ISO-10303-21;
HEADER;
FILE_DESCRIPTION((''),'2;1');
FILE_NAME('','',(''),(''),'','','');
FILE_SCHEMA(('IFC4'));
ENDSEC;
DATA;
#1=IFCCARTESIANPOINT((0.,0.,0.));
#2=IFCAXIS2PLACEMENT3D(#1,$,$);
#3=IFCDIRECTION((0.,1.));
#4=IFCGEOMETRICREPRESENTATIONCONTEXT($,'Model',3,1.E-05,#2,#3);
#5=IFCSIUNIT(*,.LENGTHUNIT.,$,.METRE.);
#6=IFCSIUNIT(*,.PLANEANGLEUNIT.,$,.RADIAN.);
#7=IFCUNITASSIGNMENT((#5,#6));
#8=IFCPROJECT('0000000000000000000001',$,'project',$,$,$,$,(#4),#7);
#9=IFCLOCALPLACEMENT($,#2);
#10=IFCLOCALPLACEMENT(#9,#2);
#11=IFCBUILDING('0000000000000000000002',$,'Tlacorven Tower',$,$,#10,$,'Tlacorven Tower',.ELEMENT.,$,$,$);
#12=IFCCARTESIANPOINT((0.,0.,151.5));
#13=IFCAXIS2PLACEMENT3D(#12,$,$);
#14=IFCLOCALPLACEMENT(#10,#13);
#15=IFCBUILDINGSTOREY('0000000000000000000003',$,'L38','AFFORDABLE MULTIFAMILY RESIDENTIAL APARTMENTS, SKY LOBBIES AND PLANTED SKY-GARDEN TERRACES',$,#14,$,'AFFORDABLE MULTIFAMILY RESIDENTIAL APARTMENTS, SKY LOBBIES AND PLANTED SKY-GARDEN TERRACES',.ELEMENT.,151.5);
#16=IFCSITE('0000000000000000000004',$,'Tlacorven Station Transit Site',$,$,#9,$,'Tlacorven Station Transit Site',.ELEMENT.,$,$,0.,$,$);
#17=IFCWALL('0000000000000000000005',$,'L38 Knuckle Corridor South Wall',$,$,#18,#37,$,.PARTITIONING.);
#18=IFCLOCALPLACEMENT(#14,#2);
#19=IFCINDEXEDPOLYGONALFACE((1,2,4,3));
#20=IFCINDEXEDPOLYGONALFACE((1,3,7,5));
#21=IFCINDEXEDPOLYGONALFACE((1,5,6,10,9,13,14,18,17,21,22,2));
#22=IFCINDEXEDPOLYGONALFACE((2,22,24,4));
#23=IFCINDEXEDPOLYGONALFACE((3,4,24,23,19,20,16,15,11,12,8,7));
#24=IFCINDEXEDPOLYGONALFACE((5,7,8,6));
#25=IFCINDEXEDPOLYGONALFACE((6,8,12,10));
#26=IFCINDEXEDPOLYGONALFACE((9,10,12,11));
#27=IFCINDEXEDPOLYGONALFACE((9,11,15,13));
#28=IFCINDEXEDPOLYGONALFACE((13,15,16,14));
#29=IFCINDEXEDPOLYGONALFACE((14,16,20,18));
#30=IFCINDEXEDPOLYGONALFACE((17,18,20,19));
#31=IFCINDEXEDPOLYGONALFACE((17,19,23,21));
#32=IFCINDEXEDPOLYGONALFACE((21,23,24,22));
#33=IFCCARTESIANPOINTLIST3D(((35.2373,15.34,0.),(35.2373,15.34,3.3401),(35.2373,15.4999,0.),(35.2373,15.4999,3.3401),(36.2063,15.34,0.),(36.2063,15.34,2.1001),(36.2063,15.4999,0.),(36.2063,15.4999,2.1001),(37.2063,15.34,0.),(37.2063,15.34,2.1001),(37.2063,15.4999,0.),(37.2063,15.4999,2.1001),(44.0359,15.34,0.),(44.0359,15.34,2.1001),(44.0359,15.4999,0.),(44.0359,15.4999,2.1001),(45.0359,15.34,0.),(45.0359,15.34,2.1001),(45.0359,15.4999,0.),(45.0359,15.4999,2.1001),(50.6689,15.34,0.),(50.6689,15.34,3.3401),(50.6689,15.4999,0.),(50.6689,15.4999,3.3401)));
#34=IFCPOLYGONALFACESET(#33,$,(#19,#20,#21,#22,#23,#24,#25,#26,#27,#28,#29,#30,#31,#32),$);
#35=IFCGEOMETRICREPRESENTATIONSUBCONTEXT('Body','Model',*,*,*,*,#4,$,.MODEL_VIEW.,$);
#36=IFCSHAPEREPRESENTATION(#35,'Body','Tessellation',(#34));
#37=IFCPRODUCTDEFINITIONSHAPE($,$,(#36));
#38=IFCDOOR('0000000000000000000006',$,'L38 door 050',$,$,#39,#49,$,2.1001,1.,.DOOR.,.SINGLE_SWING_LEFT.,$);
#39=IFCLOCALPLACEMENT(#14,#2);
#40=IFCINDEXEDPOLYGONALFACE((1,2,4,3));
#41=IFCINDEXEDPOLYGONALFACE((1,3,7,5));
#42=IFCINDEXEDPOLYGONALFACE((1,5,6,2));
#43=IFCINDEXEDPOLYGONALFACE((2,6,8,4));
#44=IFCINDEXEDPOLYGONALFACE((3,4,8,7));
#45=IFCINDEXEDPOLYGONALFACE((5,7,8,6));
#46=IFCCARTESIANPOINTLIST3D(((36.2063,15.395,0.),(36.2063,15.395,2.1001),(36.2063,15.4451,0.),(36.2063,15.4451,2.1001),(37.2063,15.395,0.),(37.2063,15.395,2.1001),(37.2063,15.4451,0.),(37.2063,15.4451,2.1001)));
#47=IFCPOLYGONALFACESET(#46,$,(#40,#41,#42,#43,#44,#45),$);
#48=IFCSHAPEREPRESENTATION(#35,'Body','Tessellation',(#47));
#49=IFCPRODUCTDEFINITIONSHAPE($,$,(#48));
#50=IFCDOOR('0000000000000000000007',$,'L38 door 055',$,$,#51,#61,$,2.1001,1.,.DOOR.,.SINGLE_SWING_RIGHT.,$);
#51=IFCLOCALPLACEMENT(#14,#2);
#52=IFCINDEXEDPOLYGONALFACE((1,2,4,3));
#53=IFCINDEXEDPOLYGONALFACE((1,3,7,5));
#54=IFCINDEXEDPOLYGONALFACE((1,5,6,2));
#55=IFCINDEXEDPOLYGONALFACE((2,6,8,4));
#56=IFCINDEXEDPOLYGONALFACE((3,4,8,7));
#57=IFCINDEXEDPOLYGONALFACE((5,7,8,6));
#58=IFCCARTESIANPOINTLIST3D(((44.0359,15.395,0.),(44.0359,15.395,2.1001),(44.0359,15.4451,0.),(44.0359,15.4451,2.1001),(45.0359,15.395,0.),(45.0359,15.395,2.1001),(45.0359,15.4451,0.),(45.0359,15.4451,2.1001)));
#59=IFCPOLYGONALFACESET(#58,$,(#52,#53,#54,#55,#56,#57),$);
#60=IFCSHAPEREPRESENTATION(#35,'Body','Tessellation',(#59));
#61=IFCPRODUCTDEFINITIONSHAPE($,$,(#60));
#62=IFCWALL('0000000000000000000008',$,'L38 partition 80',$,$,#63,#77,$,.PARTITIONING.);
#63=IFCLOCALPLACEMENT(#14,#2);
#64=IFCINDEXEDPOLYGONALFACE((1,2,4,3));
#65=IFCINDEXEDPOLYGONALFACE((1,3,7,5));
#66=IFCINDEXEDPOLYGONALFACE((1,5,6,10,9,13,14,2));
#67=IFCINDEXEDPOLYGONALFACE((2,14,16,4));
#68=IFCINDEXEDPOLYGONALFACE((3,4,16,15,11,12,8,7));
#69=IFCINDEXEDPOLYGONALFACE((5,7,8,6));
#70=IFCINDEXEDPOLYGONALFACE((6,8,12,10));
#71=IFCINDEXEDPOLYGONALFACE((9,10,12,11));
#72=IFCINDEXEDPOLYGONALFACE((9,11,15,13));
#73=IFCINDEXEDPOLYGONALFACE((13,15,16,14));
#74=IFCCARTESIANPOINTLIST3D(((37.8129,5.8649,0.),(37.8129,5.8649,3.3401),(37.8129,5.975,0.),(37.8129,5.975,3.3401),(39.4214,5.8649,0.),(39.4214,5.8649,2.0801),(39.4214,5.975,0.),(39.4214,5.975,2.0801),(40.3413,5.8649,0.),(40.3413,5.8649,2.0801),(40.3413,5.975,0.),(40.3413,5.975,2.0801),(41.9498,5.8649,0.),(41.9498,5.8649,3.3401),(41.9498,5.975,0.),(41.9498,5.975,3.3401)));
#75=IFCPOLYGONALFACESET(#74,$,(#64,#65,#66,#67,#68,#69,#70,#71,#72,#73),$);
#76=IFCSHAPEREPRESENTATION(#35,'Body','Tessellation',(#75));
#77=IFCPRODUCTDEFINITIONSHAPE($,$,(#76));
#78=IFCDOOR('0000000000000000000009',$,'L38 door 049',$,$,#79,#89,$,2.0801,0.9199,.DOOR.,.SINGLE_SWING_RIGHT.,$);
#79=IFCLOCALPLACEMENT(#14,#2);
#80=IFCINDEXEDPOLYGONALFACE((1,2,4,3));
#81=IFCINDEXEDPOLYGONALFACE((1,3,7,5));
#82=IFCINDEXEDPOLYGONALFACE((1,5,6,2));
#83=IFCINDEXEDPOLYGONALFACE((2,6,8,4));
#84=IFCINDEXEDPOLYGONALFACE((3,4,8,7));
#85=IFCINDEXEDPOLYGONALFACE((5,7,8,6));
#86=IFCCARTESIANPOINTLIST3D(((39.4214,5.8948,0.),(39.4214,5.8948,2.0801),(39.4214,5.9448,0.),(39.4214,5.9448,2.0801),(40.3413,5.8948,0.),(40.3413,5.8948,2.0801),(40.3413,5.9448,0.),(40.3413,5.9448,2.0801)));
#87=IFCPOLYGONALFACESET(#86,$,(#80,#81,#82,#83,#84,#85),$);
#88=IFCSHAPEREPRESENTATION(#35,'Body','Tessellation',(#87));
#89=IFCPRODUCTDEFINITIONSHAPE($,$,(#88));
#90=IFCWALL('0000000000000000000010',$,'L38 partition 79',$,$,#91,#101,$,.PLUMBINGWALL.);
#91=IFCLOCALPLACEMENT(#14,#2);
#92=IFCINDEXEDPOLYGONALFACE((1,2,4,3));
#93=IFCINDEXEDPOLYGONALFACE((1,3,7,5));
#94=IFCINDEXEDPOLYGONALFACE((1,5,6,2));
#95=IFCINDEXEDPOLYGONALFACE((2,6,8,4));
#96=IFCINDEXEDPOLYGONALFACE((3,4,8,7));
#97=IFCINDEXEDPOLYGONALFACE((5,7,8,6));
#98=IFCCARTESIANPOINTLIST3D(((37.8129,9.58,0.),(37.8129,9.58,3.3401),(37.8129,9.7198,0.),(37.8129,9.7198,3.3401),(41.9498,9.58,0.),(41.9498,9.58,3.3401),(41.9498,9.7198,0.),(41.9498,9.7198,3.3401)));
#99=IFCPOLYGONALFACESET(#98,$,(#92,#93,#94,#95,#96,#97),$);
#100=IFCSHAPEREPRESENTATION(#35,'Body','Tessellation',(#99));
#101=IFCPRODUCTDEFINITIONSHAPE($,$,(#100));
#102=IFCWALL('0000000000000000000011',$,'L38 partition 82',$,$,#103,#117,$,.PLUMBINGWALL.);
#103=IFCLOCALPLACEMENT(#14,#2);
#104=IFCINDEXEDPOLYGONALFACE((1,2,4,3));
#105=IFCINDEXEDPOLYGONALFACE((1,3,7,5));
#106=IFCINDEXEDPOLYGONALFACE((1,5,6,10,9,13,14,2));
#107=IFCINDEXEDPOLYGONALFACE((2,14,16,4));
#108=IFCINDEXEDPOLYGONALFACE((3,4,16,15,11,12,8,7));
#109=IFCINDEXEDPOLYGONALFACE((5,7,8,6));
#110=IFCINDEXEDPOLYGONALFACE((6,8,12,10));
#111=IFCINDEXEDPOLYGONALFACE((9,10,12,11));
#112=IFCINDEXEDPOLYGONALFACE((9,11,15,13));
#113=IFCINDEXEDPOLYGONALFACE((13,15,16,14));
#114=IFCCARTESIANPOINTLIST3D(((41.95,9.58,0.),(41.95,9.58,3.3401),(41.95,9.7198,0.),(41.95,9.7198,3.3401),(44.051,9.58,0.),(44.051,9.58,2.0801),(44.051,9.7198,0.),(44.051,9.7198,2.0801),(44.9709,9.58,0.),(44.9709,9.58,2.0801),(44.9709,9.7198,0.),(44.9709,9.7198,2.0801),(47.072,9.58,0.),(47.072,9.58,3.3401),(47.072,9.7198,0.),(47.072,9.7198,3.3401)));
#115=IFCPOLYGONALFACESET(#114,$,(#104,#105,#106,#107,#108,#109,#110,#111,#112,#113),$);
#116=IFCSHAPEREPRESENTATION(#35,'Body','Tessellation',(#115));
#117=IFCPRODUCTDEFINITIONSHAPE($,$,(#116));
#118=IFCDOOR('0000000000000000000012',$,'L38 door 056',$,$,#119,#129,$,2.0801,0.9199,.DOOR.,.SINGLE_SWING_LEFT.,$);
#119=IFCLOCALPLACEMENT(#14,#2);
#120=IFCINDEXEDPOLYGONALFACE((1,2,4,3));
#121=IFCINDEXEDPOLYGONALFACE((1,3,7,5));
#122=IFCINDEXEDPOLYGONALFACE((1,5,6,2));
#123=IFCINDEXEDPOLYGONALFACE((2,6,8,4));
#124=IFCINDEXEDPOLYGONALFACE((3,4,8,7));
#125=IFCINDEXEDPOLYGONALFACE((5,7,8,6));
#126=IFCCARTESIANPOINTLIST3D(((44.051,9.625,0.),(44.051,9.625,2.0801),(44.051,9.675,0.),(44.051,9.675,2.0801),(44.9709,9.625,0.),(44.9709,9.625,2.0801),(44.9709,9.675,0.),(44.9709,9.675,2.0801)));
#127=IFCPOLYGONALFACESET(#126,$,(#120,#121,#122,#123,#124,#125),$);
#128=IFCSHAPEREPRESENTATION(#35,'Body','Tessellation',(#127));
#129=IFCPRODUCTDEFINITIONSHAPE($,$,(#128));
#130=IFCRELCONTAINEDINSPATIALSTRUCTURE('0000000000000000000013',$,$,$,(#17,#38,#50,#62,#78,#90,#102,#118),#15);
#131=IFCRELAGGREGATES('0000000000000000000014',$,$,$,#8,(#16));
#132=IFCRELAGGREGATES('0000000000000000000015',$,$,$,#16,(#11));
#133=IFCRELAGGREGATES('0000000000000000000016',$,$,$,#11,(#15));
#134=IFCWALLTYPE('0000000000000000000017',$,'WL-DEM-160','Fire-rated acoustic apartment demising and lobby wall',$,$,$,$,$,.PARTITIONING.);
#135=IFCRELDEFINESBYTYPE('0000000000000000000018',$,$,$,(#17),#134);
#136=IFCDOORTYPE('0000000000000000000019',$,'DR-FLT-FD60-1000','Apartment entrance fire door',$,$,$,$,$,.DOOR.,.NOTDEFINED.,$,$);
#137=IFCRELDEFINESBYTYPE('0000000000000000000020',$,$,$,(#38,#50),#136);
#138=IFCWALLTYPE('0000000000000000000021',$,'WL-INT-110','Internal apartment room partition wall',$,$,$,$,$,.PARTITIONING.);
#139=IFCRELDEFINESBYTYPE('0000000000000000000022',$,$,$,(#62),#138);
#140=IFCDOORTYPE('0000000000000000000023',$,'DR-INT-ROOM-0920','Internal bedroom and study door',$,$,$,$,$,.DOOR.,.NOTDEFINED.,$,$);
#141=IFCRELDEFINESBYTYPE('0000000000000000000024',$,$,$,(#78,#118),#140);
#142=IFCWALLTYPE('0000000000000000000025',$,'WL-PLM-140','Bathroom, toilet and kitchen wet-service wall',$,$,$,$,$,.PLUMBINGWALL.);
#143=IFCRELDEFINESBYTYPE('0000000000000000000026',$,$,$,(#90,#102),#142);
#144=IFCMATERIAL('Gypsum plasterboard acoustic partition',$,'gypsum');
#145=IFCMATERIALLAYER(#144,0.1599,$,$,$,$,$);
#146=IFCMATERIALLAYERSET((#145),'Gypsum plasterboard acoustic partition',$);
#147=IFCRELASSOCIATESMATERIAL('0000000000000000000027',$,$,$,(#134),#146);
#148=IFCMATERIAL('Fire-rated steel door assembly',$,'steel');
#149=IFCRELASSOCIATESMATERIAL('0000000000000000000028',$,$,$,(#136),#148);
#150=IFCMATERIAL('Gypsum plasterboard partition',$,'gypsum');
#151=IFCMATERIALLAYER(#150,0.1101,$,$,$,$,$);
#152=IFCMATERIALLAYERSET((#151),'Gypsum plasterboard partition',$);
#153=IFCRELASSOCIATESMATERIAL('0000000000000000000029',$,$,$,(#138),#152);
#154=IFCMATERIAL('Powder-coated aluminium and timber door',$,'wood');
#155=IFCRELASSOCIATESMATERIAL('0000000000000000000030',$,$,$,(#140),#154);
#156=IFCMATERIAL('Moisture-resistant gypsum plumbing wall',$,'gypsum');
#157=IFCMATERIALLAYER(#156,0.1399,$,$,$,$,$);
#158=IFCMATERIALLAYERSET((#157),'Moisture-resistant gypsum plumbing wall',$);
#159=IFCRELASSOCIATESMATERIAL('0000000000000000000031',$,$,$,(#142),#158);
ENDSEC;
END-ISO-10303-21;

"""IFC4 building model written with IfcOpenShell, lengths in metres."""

from ifc_helpers import new_model, si_unit, direction, frame, frame_2d, origin, place, context, subcontext, project, spatial, rectangle, extrude, source, transform, mapped, material, layer, layer_set, type_object, element, fill, save


model = new_model("IFC4")

# Units and contexts
model_context = context("Model", 3, precision=1e-05, world=origin(), true_north=direction((0.0, 1.0)))
body_context = subcontext(model_context, "Body", "Model", "MODEL_VIEW")
ifc_project = project(units=[si_unit("LENGTHUNIT", "METRE"), si_unit("PLANEANGLEUNIT", "RADIAN")], contexts=[model_context])

# Site, building, storey
site_placement = place(None, origin())
site = spatial("IfcSite", under=ifc_project, at=site_placement, Name="Tlacorven Station Transit Site", LongName="Tlacorven Station Transit Site", CompositionType="ELEMENT", RefElevation=0.0)
building_placement = place(site_placement, origin())
building = spatial("IfcBuilding", under=site, at=building_placement, Name="Tlacorven Tower", LongName="Tlacorven Tower", CompositionType="ELEMENT")
storey_placement = place(building_placement, frame((0.0, 0.0, 151.5)))
storey = spatial("IfcBuildingStorey", under=building, at=storey_placement, Name="L38", Description="AFFORDABLE MULTIFAMILY RESIDENTIAL APARTMENTS, SKY LOBBIES AND PLANTED SKY-GARDEN TERRACES", LongName="AFFORDABLE MULTIFAMILY RESIDENTIAL APARTMENTS, SKY LOBBIES AND PLANTED SKY-GARDEN TERRACES", CompositionType="ELEMENT", Elevation=151.5)

# Wall, openings, doors
ifc_material_1 = material(Name="Gypsum plasterboard acoustic partition", Category="gypsum")
ifc_layer_1 = layer(ifc_material_1, 0.1599)
ifc_layer_set_1 = layer_set([ifc_layer_1], Name="Gypsum plasterboard acoustic partition")
wall_type_1 = type_object("IfcWallType", Name="WL-DEM-160", Description="Fire-rated acoustic apartment demising and lobby wall", PredefinedType="PARTITIONING", material=ifc_layer_set_1)
wall_1_placement = place(storey_placement, frame((35.2373, 15.4199, 0.0), z_axis=(0.0, 0.0, 1.0), x_axis=(1.0, 0.0, 0.0)))
wall_1 = element("IfcWall", 1, at=wall_1_placement, inside=storey, type_object=wall_type_1, Name="L38 Knuckle Corridor South Wall", PredefinedType="PARTITIONING", context=body_context, shape_type="SweptSolid", body=[
    extrude(rectangle(XDim=15.4316, YDim=0.1599, at=frame_2d((7.7158, 0.0))), origin(), (0.0, 0.0, 1.0), 3.3401),
])
opening_1_placement = place(wall_1_placement, frame((0.969, 0.0, 0.0)))
opening_1 = element("IfcOpeningElement", 2, at=opening_1_placement, cuts=wall_1, PredefinedType="OPENING", context=body_context, shape_type="SweptSolid", body=[
    extrude(rectangle(XDim=1.0, YDim=2.1001, at=frame_2d((0.5, 1.05))), frame((0.0, 0.0898, 0.0), z_axis=(0.0, -1.0, 0.0), x_axis=(1.0, 0.0, 0.0)), (0.0, 0.0, 1.0), 0.1799),
])
opening_2_placement = place(wall_1_placement, frame((8.7986, 0.0, 0.0)))
opening_2 = element("IfcOpeningElement", 3, at=opening_2_placement, cuts=wall_1, PredefinedType="OPENING", context=body_context, shape_type="SweptSolid", body=[
    extrude(rectangle(XDim=1.0, YDim=2.1001, at=frame_2d((0.5, 1.05))), frame((0.0, 0.0898, 0.0), z_axis=(0.0, -1.0, 0.0), x_axis=(1.0, 0.0, 0.0)), (0.0, 0.0, 1.0), 0.1799),
])
ifc_material_2 = material(Name="Fire-rated steel door assembly", Category="steel")
door_type_1 = type_object("IfcDoorType", Name="DR-FLT-FD60-1000", Description="Apartment entrance fire door", OperationType="NOTDEFINED", PredefinedType="DOOR", material=ifc_material_2)
shared_shape_1 = source(origin(), body_context, "Body", "SweptSolid", [
    extrude(rectangle(XDim=1.0, YDim=2.1001, at=frame_2d((0.5, 1.05))), frame((0.0, 0.0249, 0.0), z_axis=(0.0, -1.0, 0.0), x_axis=(1.0, 0.0, 0.0)), (0.0, 0.0, 1.0), 0.05),
])
door_1_placement = place(opening_1_placement, frame((1.0, 0.0, 0.0), z_axis=(0.0, 0.0, 1.0), x_axis=(-1.0, 0.0, 0.0)))
door_1 = element("IfcDoor", 4, at=door_1_placement, inside=storey, type_object=door_type_1, Name="L38 door 050", OperationType="SINGLE_SWING_LEFT", OverallHeight=2.1001, OverallWidth=1.0, PredefinedType="DOOR", context=body_context, shape_type="MappedRepresentation", body=[
    mapped(shared_shape_1, transform((0.0, 0.0, 0.0), scale=1.0)),
])
fill(opening_1, door_1)
door_2_placement = place(opening_2_placement, frame((1.0, 0.0, 0.0), z_axis=(0.0, 0.0, 1.0), x_axis=(-1.0, 0.0, 0.0)))
door_2 = element("IfcDoor", 5, at=door_2_placement, inside=storey, type_object=door_type_1, Name="L38 door 055", OperationType="SINGLE_SWING_RIGHT", OverallHeight=2.1001, OverallWidth=1.0, PredefinedType="DOOR", context=body_context, shape_type="MappedRepresentation", body=[
    mapped(shared_shape_1, transform((0.0, 0.0, 0.0), scale=1.0)),
])
fill(opening_2, door_2)

# Wall, opening, door
ifc_material_3 = material(Name="Gypsum plasterboard partition", Category="gypsum")
ifc_layer_2 = layer(ifc_material_3, 0.1101)
ifc_layer_set_2 = layer_set([ifc_layer_2], Name="Gypsum plasterboard partition")
wall_type_2 = type_object("IfcWallType", Name="WL-INT-110", Description="Internal apartment room partition wall", PredefinedType="PARTITIONING", material=ifc_layer_set_2)
wall_2_placement = place(storey_placement, frame((37.813, 5.9199, 0.0), z_axis=(0.0, 0.0, 1.0), x_axis=(1.0, 0.0, 0.0)))
wall_2 = element("IfcWall", 6, at=wall_2_placement, inside=storey, type_object=wall_type_2, Name="L38 partition 80", PredefinedType="PARTITIONING", context=body_context, shape_type="SweptSolid", body=[
    extrude(rectangle(XDim=4.137, YDim=0.1101, at=frame_2d((2.0684, 0.0))), origin(), (0.0, 0.0, 1.0), 3.3401),
])
opening_3_placement = place(wall_2_placement, frame((1.6084, 0.0, 0.0)))
opening_3 = element("IfcOpeningElement", 7, at=opening_3_placement, cuts=wall_2, PredefinedType="OPENING", context=body_context, shape_type="SweptSolid", body=[
    extrude(rectangle(XDim=0.9199, YDim=2.0801, at=frame_2d((0.46, 1.04))), frame((0.0, 0.0649, 0.0), z_axis=(0.0, -1.0, 0.0), x_axis=(1.0, 0.0, 0.0)), (0.0, 0.0, 1.0), 0.1301),
])
ifc_material_4 = material(Name="Powder-coated aluminium and timber door", Category="wood")
door_type_2 = type_object("IfcDoorType", Name="DR-INT-ROOM-0920", Description="Internal bedroom and study door", OperationType="NOTDEFINED", PredefinedType="DOOR", material=ifc_material_4)
shared_shape_2 = source(origin(), body_context, "Body", "SweptSolid", [
    extrude(rectangle(XDim=0.9199, YDim=2.0801, at=frame_2d((0.46, 1.04))), frame((0.0, 0.0249, 0.0), z_axis=(0.0, -1.0, 0.0), x_axis=(1.0, 0.0, 0.0)), (0.0, 0.0, 1.0), 0.05),
])
door_3_placement = place(opening_3_placement, origin())
door_3 = element("IfcDoor", 8, at=door_3_placement, inside=storey, type_object=door_type_2, Name="L38 door 049", OperationType="SINGLE_SWING_RIGHT", OverallHeight=2.0801, OverallWidth=0.9199, PredefinedType="DOOR", context=body_context, shape_type="MappedRepresentation", body=[
    mapped(shared_shape_2, transform((0.0, 0.0, 0.0), scale=1.0)),
])
fill(opening_3, door_3)

# Wall
ifc_material_5 = material(Name="Moisture-resistant gypsum plumbing wall", Category="gypsum")
ifc_layer_3 = layer(ifc_material_5, 0.1399)
ifc_layer_set_3 = layer_set([ifc_layer_3], Name="Moisture-resistant gypsum plumbing wall")
wall_type_3 = type_object("IfcWallType", Name="WL-PLM-140", Description="Bathroom, toilet and kitchen wet-service wall", PredefinedType="PLUMBINGWALL", material=ifc_layer_set_3)
wall_3_placement = place(storey_placement, frame((37.813, 9.6499, 0.0), z_axis=(0.0, 0.0, 1.0), x_axis=(1.0, 0.0, 0.0)))
element("IfcWall", 9, at=wall_3_placement, inside=storey, type_object=wall_type_3, Name="L38 partition 79", PredefinedType="PLUMBINGWALL", context=body_context, shape_type="SweptSolid", body=[
    extrude(rectangle(XDim=4.137, YDim=0.1399, at=frame_2d((2.0684, 0.0))), origin(), (0.0, 0.0, 1.0), 3.3401),
])

# Wall, opening, door
wall_4_placement = place(storey_placement, frame((41.95, 9.6499, 0.0), z_axis=(0.0, 0.0, 1.0), x_axis=(1.0, 0.0, 0.0)))
wall_4 = element("IfcWall", 10, at=wall_4_placement, inside=storey, type_object=wall_type_3, Name="L38 partition 82", PredefinedType="PLUMBINGWALL", context=body_context, shape_type="SweptSolid", body=[
    extrude(rectangle(XDim=5.1221, YDim=0.1399, at=frame_2d((2.561, 0.0))), origin(), (0.0, 0.0, 1.0), 3.3401),
])
opening_4_placement = place(wall_4_placement, frame((2.1011, 0.0, 0.0)))
opening_4 = element("IfcOpeningElement", 11, at=opening_4_placement, cuts=wall_4, PredefinedType="OPENING", context=body_context, shape_type="SweptSolid", body=[
    extrude(rectangle(XDim=0.9199, YDim=2.0801, at=frame_2d((0.46, 1.04))), frame((0.0, 0.0801, 0.0), z_axis=(0.0, -1.0, 0.0), x_axis=(1.0, 0.0, 0.0)), (0.0, 0.0, 1.0), 0.1599),
])
door_4_placement = place(opening_4_placement, frame((0.9199, 0.0, 0.0), z_axis=(0.0, 0.0, 1.0), x_axis=(-1.0, 0.0, 0.0)))
door_4 = element("IfcDoor", 12, at=door_4_placement, inside=storey, type_object=door_type_2, Name="L38 door 056", OperationType="SINGLE_SWING_LEFT", OverallHeight=2.0801, OverallWidth=0.9199, PredefinedType="DOOR", context=body_context, shape_type="MappedRepresentation", body=[
    mapped(shared_shape_2, transform((0.0, 0.0, 0.0), scale=1.0)),
])
fill(opening_4, door_4)

save(model, "model.ifc")
